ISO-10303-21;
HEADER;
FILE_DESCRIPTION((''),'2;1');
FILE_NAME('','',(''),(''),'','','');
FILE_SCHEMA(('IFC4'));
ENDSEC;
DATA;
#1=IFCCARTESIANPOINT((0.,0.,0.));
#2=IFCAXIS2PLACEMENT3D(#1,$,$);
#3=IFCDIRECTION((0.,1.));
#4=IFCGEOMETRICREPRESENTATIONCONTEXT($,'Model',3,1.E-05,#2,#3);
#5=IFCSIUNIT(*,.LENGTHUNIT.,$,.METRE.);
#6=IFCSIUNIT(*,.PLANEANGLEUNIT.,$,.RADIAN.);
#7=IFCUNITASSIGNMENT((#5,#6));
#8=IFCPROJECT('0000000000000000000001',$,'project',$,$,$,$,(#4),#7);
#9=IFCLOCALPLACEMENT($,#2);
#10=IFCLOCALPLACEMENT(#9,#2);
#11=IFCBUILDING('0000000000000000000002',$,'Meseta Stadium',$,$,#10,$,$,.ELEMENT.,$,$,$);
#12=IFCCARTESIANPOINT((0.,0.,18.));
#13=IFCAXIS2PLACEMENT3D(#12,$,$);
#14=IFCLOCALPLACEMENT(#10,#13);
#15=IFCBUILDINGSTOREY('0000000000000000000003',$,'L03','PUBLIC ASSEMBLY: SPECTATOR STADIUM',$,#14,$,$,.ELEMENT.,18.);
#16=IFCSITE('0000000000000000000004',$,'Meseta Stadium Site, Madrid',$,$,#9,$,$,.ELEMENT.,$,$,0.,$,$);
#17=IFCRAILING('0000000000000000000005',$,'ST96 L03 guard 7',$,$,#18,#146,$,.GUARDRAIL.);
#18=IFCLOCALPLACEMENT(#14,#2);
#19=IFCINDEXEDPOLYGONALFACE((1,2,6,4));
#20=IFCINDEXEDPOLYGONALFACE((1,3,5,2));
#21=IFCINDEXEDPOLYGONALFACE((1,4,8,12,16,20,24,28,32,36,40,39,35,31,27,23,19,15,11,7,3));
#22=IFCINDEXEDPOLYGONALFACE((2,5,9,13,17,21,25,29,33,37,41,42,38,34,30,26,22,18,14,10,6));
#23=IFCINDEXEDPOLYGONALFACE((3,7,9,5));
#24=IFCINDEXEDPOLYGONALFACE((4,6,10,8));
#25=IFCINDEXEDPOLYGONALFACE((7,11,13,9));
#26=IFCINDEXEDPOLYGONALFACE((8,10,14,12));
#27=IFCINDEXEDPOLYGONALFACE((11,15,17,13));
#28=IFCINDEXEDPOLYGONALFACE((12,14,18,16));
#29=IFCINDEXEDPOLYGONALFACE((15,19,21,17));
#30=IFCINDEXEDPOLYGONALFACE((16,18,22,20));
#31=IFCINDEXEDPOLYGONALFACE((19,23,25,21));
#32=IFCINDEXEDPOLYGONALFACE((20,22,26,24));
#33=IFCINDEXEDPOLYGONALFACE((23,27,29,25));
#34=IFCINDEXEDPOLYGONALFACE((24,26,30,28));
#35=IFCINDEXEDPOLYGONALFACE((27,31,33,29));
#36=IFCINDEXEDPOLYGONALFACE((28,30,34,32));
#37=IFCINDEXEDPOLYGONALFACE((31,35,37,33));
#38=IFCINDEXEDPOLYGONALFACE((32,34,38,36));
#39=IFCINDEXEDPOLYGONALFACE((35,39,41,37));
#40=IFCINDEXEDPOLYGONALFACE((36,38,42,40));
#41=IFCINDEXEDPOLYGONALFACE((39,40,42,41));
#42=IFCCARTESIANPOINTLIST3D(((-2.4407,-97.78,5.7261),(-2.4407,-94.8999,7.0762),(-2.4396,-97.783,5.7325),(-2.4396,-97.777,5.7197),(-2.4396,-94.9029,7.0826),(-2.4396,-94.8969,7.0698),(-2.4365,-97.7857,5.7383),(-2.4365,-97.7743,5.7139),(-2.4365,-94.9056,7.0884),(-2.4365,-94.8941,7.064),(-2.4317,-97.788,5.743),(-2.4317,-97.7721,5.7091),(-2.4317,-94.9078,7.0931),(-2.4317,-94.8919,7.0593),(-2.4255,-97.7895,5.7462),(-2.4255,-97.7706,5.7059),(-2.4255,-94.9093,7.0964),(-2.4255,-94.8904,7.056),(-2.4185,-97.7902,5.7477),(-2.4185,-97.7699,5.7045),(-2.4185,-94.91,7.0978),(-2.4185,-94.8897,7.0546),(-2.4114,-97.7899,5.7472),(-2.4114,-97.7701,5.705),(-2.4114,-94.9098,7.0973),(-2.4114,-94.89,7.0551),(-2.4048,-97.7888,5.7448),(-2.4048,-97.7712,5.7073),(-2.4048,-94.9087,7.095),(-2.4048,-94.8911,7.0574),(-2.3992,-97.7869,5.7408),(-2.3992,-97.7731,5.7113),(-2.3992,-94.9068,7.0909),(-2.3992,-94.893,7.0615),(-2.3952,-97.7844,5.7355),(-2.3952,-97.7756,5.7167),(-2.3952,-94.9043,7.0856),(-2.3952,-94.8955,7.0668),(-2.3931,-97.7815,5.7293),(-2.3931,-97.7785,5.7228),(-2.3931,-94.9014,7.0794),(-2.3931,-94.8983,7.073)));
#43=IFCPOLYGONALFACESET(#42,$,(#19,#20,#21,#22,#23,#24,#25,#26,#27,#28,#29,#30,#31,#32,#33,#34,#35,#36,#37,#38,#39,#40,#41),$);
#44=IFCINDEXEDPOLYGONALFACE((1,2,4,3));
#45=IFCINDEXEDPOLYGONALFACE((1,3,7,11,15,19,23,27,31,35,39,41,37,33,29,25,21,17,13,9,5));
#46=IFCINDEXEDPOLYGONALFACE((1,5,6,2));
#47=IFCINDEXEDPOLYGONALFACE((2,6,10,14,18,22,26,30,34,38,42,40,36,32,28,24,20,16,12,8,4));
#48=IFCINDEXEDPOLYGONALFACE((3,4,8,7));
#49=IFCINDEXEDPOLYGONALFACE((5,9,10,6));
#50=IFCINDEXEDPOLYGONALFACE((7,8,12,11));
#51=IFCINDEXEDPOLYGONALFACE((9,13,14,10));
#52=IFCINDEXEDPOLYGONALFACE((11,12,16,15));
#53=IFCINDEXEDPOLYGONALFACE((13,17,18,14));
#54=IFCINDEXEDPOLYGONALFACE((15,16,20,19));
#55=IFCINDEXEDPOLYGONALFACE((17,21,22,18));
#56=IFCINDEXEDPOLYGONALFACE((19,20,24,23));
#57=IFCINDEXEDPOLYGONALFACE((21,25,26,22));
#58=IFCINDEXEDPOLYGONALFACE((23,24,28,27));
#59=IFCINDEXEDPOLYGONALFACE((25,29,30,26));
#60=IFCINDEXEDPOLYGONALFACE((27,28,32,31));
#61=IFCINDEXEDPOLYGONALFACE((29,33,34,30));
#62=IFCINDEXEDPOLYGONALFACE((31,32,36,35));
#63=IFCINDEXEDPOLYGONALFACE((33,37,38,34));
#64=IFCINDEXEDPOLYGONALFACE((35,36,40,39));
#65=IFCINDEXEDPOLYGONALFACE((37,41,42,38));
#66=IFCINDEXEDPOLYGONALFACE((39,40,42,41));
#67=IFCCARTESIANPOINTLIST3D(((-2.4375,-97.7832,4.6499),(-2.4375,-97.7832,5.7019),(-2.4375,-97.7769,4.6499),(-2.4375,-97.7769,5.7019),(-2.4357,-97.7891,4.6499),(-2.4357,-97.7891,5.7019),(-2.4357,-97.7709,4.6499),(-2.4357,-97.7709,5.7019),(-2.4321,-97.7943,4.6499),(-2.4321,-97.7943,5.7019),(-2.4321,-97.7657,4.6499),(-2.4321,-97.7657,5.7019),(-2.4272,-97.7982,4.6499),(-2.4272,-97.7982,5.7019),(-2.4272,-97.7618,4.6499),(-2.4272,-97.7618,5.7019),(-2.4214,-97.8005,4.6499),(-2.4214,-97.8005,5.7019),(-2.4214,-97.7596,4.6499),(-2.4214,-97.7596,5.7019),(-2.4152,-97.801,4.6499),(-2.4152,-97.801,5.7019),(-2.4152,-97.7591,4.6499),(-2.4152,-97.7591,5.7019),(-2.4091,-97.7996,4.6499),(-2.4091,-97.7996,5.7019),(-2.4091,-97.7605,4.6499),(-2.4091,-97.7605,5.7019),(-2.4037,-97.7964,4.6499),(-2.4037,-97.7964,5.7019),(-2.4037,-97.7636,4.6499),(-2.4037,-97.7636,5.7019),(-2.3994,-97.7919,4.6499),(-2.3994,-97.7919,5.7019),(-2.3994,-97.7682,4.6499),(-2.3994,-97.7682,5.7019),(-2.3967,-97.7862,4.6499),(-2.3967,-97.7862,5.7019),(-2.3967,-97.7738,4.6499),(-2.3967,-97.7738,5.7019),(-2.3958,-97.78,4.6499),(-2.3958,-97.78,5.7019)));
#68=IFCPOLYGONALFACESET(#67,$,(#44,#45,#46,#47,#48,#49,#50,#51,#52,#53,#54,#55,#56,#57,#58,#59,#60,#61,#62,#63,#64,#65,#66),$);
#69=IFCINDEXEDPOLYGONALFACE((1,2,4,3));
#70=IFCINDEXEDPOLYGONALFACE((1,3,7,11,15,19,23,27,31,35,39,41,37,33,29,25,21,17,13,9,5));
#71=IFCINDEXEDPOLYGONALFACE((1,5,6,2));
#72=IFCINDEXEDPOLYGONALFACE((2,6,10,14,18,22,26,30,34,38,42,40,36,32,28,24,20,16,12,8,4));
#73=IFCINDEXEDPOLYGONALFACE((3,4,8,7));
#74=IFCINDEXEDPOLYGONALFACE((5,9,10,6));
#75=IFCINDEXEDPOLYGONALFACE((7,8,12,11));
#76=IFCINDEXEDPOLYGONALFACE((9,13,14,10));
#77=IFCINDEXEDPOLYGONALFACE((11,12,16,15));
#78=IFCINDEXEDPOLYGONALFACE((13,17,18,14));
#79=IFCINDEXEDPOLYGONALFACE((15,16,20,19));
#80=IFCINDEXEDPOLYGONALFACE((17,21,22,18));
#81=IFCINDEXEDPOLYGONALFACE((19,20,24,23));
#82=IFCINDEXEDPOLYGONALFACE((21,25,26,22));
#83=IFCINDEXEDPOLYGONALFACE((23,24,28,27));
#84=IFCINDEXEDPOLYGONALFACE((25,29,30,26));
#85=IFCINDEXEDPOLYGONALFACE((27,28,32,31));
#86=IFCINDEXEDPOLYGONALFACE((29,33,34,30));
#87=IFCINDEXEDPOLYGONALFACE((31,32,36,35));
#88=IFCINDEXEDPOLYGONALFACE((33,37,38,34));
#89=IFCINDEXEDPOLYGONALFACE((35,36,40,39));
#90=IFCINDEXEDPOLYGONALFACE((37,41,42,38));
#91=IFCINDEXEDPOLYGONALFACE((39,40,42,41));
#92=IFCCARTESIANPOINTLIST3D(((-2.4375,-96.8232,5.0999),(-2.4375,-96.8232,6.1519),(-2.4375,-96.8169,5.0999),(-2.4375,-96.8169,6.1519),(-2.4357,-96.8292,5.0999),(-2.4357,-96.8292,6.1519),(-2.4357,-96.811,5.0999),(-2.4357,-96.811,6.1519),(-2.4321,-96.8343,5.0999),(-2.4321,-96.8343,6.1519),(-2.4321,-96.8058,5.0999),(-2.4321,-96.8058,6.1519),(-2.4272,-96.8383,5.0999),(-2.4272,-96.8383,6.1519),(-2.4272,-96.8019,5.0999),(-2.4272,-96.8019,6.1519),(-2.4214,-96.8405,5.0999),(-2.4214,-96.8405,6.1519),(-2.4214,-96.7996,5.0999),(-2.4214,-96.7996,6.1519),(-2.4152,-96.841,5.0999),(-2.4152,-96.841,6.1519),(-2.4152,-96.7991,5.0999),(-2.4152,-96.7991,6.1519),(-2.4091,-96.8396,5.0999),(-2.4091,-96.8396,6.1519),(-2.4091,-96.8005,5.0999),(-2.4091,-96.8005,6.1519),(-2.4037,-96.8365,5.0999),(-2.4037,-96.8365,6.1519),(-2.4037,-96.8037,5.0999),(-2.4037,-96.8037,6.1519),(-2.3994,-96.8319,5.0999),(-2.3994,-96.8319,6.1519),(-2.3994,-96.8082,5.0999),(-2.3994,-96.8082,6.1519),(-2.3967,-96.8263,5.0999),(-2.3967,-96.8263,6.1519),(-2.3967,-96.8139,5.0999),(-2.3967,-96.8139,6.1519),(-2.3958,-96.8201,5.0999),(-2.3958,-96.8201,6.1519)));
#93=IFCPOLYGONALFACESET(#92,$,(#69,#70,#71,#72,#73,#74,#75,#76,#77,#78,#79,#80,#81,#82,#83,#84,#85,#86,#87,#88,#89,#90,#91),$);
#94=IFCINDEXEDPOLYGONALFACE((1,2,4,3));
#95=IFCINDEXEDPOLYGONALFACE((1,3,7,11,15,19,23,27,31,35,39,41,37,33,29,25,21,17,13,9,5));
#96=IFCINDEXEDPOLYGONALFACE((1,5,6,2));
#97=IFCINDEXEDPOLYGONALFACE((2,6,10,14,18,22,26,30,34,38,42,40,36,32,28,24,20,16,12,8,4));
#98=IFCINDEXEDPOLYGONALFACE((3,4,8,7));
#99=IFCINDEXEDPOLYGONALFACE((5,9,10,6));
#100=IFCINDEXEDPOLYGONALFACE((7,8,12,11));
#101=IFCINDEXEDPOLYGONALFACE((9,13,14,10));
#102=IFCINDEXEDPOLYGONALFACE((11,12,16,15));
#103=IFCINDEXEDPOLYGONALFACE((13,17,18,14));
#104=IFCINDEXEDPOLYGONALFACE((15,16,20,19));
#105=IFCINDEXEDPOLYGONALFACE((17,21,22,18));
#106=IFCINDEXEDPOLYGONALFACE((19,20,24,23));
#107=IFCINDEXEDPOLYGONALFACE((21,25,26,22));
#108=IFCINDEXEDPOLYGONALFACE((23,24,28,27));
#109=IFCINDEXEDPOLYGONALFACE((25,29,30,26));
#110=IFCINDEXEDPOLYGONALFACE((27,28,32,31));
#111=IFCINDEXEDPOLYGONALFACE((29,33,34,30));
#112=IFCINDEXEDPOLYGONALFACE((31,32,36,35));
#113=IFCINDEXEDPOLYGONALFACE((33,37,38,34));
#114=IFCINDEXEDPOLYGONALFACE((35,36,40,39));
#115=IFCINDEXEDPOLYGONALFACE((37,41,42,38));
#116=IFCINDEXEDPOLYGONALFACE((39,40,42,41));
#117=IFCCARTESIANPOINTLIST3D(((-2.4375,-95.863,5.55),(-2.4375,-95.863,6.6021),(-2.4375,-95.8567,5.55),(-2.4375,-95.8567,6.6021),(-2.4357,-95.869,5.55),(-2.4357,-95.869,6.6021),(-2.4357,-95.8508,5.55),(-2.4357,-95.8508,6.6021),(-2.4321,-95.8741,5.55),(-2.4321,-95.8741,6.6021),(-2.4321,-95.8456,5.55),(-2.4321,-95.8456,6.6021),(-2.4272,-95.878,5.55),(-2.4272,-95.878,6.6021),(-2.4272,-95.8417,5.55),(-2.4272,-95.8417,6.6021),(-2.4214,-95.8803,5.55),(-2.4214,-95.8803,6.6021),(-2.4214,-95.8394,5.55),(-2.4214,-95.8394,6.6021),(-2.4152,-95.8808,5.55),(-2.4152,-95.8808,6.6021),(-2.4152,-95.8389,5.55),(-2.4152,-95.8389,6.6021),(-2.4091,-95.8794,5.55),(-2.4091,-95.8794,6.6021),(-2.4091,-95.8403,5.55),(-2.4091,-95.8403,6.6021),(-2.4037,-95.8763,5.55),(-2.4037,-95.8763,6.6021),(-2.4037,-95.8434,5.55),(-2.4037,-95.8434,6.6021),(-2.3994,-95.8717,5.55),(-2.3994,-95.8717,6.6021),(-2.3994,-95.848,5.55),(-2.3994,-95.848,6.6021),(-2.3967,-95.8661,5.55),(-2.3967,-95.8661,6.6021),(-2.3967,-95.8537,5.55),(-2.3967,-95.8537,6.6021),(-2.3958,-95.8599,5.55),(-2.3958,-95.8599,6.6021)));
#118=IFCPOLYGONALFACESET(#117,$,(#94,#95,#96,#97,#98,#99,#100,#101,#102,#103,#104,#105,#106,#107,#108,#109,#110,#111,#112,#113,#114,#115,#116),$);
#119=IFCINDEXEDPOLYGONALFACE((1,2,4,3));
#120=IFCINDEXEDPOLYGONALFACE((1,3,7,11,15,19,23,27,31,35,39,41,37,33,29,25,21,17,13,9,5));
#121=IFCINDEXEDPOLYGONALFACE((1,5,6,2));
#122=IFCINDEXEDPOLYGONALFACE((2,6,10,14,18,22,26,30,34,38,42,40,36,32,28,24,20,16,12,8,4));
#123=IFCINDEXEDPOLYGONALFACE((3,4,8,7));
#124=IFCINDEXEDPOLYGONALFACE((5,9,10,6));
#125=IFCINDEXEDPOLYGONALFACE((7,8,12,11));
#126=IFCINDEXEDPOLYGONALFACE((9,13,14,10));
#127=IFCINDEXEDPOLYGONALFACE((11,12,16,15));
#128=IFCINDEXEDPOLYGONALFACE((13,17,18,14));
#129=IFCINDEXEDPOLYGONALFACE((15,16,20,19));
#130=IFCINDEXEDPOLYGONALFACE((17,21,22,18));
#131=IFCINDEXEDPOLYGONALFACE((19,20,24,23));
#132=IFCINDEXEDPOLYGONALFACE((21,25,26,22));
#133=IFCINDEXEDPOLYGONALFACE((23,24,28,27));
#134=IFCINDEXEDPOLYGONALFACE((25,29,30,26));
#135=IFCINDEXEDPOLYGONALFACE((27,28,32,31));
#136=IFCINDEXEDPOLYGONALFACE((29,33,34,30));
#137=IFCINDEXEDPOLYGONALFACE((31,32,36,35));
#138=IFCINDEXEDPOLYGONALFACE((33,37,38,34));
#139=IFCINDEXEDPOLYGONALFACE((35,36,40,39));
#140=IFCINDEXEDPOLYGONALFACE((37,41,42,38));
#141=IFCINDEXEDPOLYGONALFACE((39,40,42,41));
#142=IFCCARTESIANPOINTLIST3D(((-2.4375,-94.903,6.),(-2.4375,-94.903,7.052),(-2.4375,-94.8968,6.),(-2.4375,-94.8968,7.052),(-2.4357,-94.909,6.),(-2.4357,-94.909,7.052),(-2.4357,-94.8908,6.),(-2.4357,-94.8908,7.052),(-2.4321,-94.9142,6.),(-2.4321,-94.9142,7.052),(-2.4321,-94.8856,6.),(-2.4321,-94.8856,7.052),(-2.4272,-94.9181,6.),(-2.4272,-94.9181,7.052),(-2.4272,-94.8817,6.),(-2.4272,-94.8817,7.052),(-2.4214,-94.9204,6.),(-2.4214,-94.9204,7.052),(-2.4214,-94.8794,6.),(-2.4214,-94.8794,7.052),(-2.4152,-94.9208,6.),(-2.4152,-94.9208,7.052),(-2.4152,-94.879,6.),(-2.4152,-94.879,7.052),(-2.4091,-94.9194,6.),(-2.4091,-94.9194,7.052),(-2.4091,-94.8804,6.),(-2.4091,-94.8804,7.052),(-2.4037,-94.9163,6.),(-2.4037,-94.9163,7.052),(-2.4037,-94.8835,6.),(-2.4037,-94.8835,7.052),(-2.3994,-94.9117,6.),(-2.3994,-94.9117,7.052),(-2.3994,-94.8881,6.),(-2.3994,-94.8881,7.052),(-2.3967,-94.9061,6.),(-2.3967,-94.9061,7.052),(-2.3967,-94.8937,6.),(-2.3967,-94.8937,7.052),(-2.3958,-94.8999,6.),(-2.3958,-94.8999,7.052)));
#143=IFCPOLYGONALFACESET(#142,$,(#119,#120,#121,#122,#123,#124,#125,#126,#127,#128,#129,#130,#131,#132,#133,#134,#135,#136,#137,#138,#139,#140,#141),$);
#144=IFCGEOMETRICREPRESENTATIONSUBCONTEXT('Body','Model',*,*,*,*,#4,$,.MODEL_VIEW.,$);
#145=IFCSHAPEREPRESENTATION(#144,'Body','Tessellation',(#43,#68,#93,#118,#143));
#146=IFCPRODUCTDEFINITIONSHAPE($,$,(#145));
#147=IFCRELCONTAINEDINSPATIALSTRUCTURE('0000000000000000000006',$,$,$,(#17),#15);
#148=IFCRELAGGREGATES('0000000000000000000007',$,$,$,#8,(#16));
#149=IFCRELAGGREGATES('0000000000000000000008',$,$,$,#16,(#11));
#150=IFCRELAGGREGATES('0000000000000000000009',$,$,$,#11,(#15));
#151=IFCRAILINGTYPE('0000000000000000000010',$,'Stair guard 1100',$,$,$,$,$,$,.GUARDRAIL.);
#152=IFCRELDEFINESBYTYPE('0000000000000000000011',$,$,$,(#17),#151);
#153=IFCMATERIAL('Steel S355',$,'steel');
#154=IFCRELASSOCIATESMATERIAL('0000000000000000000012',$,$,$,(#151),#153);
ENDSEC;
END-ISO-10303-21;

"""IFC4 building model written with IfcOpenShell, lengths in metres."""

from ifc_helpers import new_model, si_unit, direction, frame, origin, origin_2d, place, context, subcontext, project, spatial, circle, extrude, material, type_object, element, save


model = new_model("IFC4")

# Units and contexts
model_context = context("Model", 3, precision=1e-05, world=origin(), true_north=direction((0.0, 1.0)))
body_context = subcontext(model_context, "Body", "Model", "MODEL_VIEW")
ifc_project = project(units=[si_unit("LENGTHUNIT", "METRE"), si_unit("PLANEANGLEUNIT", "RADIAN")], contexts=[model_context])

# Site, building, storey
site_placement = place(None, origin())
site = spatial("IfcSite", under=ifc_project, at=site_placement, Name="Meseta Stadium Site, Madrid", CompositionType="ELEMENT", RefElevation=0.0)
building_placement = place(site_placement, origin())
building = spatial("IfcBuilding", under=site, at=building_placement, Name="Meseta Stadium", CompositionType="ELEMENT")
storey_placement = place(building_placement, frame((0.0, 0.0, 18.0)))
storey = spatial("IfcBuildingStorey", under=building, at=storey_placement, Name="L03", Description="PUBLIC ASSEMBLY: SPECTATOR STADIUM", CompositionType="ELEMENT", Elevation=18.0)

# Railing
ifc_material_1 = material(Name="Steel S355", Category="steel")
railing_type_1 = type_object("IfcRailingType", Name="Stair guard 1100", PredefinedType="GUARDRAIL", material=ifc_material_1)
for number, where, name in (
    (1, (-2.4167, -97.78, 4.6499), "ST96 L03 guard 7"),
):
    element("IfcRailing", number, at=place(storey_placement, frame(where)), inside=storey, type_object=railing_type_1, Name=name, PredefinedType="GUARDRAIL", context=body_context, shape_type="SweptSolid", body=[
        extrude(circle(Radius=0.0239, at=origin_2d()), frame((0.0, 0.0, 1.0762), z_axis=(0.0, 0.905454, 0.424444), x_axis=(-1.0, 0.0, 0.0)), (0.0, 0.0, 1.0), 3.1809),
        extrude(circle(Radius=0.021, at=origin_2d()), origin(), (0.0, 0.0, 1.0), 1.052),
        extrude(circle(Radius=0.021, at=origin_2d()), frame((0.0, 0.96, 0.45)), (0.0, 0.0, 1.0), 1.052),
        extrude(circle(Radius=0.021, at=origin_2d()), frame((0.0, 1.9202, 0.9001)), (0.0, 0.0, 1.0), 1.052),
        extrude(circle(Radius=0.021, at=origin_2d()), frame((0.0, 2.8801, 1.3501)), (0.0, 0.0, 1.0), 1.052),
    ])

save(model, "model.ifc")
